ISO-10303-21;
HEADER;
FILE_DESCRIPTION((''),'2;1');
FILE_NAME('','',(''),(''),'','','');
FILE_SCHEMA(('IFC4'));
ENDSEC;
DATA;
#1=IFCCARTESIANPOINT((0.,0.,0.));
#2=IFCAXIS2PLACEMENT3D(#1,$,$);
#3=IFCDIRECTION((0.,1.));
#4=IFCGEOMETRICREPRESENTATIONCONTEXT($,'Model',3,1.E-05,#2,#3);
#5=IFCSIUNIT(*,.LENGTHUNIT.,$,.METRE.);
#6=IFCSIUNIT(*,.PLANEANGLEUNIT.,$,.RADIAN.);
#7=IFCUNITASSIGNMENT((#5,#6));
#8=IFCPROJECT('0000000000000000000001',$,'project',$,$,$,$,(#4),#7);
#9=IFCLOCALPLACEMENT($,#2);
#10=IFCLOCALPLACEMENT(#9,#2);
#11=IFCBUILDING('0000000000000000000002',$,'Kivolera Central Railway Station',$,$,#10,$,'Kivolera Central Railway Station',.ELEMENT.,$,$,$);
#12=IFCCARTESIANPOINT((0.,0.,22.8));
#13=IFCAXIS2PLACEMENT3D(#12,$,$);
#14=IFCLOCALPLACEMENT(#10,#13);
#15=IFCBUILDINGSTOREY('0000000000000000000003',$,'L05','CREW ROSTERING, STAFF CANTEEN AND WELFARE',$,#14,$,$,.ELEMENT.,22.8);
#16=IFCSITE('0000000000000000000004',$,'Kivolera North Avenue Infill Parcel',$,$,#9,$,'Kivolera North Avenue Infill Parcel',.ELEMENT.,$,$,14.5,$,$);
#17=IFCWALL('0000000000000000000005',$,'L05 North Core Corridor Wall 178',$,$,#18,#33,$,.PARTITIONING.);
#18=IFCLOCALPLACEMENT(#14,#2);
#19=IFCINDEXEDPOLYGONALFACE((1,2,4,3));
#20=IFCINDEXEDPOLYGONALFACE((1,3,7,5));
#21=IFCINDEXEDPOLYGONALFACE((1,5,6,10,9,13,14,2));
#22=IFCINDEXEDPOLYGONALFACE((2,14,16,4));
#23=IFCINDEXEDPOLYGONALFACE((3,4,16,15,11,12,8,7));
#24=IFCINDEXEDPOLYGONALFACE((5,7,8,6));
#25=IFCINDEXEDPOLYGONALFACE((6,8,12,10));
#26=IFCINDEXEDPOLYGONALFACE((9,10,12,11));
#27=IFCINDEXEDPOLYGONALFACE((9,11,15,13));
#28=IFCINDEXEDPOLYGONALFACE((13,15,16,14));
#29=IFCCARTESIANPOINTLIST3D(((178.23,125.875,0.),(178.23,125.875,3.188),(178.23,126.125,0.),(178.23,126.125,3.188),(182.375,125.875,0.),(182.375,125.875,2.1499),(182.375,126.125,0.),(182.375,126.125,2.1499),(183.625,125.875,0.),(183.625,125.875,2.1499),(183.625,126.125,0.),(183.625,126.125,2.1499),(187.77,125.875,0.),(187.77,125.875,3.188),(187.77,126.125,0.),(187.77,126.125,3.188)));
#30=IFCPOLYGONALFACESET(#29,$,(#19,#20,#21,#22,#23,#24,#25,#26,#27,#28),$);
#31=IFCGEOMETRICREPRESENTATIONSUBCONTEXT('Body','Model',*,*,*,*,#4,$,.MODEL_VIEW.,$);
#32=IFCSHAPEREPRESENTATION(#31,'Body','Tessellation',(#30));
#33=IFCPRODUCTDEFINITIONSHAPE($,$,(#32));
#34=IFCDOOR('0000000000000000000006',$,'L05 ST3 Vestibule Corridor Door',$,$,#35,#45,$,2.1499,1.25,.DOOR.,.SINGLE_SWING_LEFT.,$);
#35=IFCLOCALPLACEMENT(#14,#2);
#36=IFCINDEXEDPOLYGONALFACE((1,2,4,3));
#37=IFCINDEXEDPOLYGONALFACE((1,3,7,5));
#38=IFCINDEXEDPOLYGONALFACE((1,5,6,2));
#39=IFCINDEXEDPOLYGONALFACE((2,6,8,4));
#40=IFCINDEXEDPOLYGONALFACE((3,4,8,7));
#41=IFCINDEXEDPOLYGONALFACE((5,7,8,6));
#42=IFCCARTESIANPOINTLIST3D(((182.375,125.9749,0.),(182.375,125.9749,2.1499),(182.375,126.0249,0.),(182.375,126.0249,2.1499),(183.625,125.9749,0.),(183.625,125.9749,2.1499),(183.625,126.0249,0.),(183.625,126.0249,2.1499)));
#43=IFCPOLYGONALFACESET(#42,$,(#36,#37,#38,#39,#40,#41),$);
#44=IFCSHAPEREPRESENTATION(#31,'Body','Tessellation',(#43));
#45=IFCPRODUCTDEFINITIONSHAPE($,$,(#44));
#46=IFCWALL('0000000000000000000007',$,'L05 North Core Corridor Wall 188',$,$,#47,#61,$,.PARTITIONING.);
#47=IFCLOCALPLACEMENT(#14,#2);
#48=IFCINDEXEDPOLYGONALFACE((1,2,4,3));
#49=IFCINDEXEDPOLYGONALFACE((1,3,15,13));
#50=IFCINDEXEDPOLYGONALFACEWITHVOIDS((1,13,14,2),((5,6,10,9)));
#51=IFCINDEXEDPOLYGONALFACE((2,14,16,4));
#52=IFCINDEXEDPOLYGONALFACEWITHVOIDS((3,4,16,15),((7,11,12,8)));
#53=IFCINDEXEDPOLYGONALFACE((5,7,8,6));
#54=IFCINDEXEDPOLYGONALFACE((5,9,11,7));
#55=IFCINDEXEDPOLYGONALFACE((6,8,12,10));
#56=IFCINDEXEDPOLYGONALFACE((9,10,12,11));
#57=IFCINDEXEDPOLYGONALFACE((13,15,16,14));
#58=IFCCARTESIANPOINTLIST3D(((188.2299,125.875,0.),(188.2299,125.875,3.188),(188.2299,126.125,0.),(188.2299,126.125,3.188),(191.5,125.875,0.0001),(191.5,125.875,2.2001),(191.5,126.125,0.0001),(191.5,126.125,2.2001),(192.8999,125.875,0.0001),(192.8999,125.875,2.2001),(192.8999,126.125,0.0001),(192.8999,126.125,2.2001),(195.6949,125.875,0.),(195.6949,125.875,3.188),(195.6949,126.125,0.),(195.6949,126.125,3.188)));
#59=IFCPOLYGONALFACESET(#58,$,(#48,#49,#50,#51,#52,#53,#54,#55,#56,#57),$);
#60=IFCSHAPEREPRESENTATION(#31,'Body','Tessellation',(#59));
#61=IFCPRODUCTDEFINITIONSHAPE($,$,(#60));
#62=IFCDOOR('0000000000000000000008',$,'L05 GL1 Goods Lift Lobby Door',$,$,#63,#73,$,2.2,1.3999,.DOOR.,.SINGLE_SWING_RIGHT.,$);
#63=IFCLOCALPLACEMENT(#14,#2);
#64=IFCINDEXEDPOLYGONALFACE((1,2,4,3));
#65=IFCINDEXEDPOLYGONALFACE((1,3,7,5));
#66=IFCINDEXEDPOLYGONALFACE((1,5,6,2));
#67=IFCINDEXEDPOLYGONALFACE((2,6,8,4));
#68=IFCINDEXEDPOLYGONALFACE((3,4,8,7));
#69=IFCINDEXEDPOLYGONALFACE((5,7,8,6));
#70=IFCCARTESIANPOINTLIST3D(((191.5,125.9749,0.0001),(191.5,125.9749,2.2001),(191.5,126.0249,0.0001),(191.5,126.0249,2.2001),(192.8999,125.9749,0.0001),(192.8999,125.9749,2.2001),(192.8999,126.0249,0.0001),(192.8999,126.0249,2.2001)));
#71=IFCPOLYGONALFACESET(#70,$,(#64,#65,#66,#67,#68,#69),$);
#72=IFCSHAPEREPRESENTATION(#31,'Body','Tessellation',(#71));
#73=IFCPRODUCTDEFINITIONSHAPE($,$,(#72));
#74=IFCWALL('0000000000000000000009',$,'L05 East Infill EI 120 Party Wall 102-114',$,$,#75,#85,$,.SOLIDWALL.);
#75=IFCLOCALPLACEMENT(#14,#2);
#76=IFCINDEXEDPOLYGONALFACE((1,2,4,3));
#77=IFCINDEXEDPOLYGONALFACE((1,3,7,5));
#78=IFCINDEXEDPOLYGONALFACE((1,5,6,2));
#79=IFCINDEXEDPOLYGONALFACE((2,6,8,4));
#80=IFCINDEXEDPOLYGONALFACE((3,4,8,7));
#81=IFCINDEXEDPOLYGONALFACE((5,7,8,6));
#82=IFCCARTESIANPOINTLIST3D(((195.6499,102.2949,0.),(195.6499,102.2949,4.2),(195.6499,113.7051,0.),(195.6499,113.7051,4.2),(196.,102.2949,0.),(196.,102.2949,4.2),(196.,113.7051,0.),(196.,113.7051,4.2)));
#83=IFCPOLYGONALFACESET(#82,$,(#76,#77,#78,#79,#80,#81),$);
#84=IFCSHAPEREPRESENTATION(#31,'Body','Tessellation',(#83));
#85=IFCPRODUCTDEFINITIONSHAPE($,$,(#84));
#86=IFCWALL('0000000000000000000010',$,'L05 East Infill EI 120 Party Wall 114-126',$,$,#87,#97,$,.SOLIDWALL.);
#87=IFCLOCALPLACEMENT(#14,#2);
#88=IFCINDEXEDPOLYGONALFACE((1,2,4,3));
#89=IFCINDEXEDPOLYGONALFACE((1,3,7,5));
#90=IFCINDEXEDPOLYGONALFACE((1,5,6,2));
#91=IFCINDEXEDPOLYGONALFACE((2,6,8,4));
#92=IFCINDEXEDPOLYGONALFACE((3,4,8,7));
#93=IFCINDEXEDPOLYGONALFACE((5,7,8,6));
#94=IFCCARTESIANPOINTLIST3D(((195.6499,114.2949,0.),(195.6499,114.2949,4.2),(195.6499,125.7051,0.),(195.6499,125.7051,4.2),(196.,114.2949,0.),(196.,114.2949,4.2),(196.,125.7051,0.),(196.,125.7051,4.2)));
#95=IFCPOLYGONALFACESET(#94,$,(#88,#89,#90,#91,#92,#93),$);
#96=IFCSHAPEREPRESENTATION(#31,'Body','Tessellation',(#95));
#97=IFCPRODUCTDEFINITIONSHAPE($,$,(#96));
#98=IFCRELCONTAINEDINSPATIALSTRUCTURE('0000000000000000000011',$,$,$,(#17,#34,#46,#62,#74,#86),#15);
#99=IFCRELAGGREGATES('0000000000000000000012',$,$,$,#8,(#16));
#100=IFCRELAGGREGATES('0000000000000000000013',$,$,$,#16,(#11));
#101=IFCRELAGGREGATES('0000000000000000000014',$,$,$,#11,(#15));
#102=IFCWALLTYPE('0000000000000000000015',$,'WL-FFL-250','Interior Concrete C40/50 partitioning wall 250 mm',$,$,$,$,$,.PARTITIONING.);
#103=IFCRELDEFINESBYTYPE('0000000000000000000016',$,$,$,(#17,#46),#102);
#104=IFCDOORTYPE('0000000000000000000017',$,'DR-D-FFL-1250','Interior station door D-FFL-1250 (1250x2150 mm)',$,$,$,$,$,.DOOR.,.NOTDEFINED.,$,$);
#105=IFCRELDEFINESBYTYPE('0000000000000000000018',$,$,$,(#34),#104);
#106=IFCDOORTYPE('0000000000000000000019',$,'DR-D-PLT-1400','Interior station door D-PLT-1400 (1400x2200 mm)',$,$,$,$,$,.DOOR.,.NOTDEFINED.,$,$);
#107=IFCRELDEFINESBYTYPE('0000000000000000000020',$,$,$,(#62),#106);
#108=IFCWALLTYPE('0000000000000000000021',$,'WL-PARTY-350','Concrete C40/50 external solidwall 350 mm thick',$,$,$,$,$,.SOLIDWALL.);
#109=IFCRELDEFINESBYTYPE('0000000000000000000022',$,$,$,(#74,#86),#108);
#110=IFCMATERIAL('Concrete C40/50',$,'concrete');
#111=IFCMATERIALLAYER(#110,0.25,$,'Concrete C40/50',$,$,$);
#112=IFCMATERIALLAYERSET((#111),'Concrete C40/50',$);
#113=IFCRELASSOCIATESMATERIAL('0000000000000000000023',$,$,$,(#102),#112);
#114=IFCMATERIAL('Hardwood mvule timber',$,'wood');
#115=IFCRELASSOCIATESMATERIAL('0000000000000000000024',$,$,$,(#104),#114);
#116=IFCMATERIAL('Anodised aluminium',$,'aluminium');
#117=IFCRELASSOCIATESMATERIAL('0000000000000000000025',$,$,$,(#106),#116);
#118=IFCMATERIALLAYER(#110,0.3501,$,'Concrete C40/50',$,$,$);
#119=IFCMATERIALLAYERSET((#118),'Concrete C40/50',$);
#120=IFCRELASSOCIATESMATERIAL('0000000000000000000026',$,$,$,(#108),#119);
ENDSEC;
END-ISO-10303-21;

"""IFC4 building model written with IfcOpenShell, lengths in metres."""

from ifc_helpers import new_model, si_unit, direction, frame, frame_2d, origin, place, context, subcontext, project, spatial, rectangle, extrude, material, layer, layer_set, type_object, element, fill, save


model = new_model("IFC4")

# Units and contexts
model_context = context("Model", 3, precision=1e-05, world=origin(), true_north=direction((0.0, 1.0)))
body_context = subcontext(model_context, "Body", "Model", "MODEL_VIEW")
ifc_project = project(units=[si_unit("LENGTHUNIT", "METRE"), si_unit("PLANEANGLEUNIT", "RADIAN")], contexts=[model_context])

# Site, building, storey
site_placement = place(None, origin())
site = spatial("IfcSite", under=ifc_project, at=site_placement, Name="Kivolera North Avenue Infill Parcel", LongName="Kivolera North Avenue Infill Parcel", CompositionType="ELEMENT", RefElevation=14.5)
building_placement = place(site_placement, origin())
building = spatial("IfcBuilding", under=site, at=building_placement, Name="Kivolera Central Railway Station", LongName="Kivolera Central Railway Station", CompositionType="ELEMENT")
storey_placement = place(building_placement, frame((0.0, 0.0, 22.8)))
storey = spatial("IfcBuildingStorey", under=building, at=storey_placement, Name="L05", Description="CREW ROSTERING, STAFF CANTEEN AND WELFARE", CompositionType="ELEMENT", Elevation=22.8)

# Shared definitions
ifc_material_1 = material(Name="Concrete C40/50", Category="concrete")

# Shared definitions
ifc_material_2 = material(Name="Anodised aluminium", Category="aluminium")

# Walls, openings, doors
ifc_material_3 = material(Name="Hardwood mvule timber", Category="wood")
ifc_layer_1 = layer(ifc_material_1, 0.25, Name="Concrete C40/50")
ifc_layer_set_1 = layer_set([ifc_layer_1], Name="Concrete C40/50")
wall_type_1 = type_object("IfcWallType", Name="WL-FFL-250", Description="Interior Concrete C40/50 partitioning wall 250 mm", PredefinedType="PARTITIONING", material=ifc_layer_set_1)
wall_1_placement = place(storey_placement, frame((178.23, 126.0, 0.0), z_axis=(0.0, 0.0, 1.0), x_axis=(1.0, 0.0, 0.0)))
wall_1 = element("IfcWall", 1, at=wall_1_placement, inside=storey, type_object=wall_type_1, Name="L05 North Core Corridor Wall 178", PredefinedType="PARTITIONING", context=body_context, shape_type="SweptSolid", body=[
    extrude(rectangle(XDim=9.54, YDim=0.25, at=frame_2d((4.77, 0.0))), origin(), (0.0, 0.0, 1.0), 3.188),
])
opening_1_placement = place(wall_1_placement, frame((4.145, 0.0, 0.0)))
opening_1 = element("IfcOpeningElement", 2, at=opening_1_placement, cuts=wall_1, PredefinedType="OPENING", context=body_context, shape_type="SweptSolid", body=[
    extrude(rectangle(XDim=1.25, YDim=2.1499, at=frame_2d((0.625, 1.075))), frame((0.0, 0.135, 0.0), z_axis=(0.0, -1.0, 0.0), x_axis=(1.0, 0.0, 0.0)), (0.0, 0.0, 1.0), 0.27),
])
door_type_1 = type_object("IfcDoorType", Name="DR-D-FFL-1250", Description="Interior station door D-FFL-1250 (1250x2150 mm)", OperationType="NOTDEFINED", PredefinedType="DOOR", material=ifc_material_3)
door_1_placement = place(opening_1_placement, origin())
door_1 = element("IfcDoor", 3, at=door_1_placement, inside=storey, type_object=door_type_1, Name="L05 ST3 Vestibule Corridor Door", OperationType="SINGLE_SWING_LEFT", OverallHeight=2.1499, OverallWidth=1.25, PredefinedType="DOOR", context=body_context, shape_type="SweptSolid", body=[
    extrude(rectangle(XDim=1.25, YDim=2.1499, at=frame_2d((0.625, 1.075))), frame((0.0, 0.0249, 0.0), z_axis=(0.0, -1.0, 0.0), x_axis=(1.0, 0.0, 0.0)), (0.0, 0.0, 1.0), 0.05),
])
fill(opening_1, door_1)
wall_2_placement = place(storey_placement, frame((188.23, 126.0, 0.0), z_axis=(0.0, 0.0, 1.0), x_axis=(1.0, 0.0, 0.0)))
wall_2 = element("IfcWall", 4, at=wall_2_placement, inside=storey, type_object=wall_type_1, Name="L05 North Core Corridor Wall 188", PredefinedType="PARTITIONING", context=body_context, shape_type="SweptSolid", body=[
    extrude(rectangle(XDim=7.4651, YDim=0.25, at=frame_2d((3.7324, 0.0))), origin(), (0.0, 0.0, 1.0), 3.188),
])
opening_2_placement = place(wall_2_placement, frame((3.27, 0.0, 0.0)))
opening_2 = element("IfcOpeningElement", 5, at=opening_2_placement, cuts=wall_2, PredefinedType="OPENING", context=body_context, shape_type="SweptSolid", body=[
    extrude(rectangle(XDim=1.3999, YDim=2.2, at=frame_2d((0.7, 1.1001))), frame((0.0, 0.135, 0.0), z_axis=(0.0, -1.0, 0.0), x_axis=(1.0, 0.0, 0.0)), (0.0, 0.0, 1.0), 0.27),
])
door_type_2 = type_object("IfcDoorType", Name="DR-D-PLT-1400", Description="Interior station door D-PLT-1400 (1400x2200 mm)", OperationType="NOTDEFINED", PredefinedType="DOOR", material=ifc_material_2)
door_2_placement = place(opening_2_placement, origin())
door_2 = element("IfcDoor", 6, at=door_2_placement, inside=storey, type_object=door_type_2, Name="L05 GL1 Goods Lift Lobby Door", OperationType="SINGLE_SWING_RIGHT", OverallHeight=2.2, OverallWidth=1.3999, PredefinedType="DOOR", context=body_context, shape_type="SweptSolid", body=[
    extrude(rectangle(XDim=1.3999, YDim=2.2, at=frame_2d((0.7, 1.1001))), frame((0.0, 0.0249, 0.0), z_axis=(0.0, -1.0, 0.0), x_axis=(1.0, 0.0, 0.0)), (0.0, 0.0, 1.0), 0.05),
])
fill(opening_2, door_2)

# Walls
ifc_layer_2 = layer(ifc_material_1, 0.3501, Name="Concrete C40/50")
ifc_layer_set_2 = layer_set([ifc_layer_2], Name="Concrete C40/50")
wall_type_2 = type_object("IfcWallType", Name="WL-PARTY-350", Description="Concrete C40/50 external solidwall 350 mm thick", PredefinedType="SOLIDWALL", material=ifc_layer_set_2)
for number, where, z_axis, x_axis, name in (
    (7, (195.825, 113.7051, 0.0), (0.0, 0.0, 1.0), (0.0, -1.0, 0.0), "L05 East Infill EI 120 Party Wall 102-114"),
    (8, (195.825, 125.7051, 0.0), (0.0, 0.0, 1.0), (0.0, -1.0, 0.0), "L05 East Infill EI 120 Party Wall 114-126"),
):
    element("IfcWall", number, at=place(storey_placement, frame(where, z_axis=z_axis, x_axis=x_axis)), inside=storey, type_object=wall_type_2, Name=name, PredefinedType="SOLIDWALL", context=body_context, shape_type="SweptSolid", body=[
        extrude(rectangle(XDim=11.4102, YDim=0.3501, at=frame_2d((5.7051, 0.0))), origin(), (0.0, 0.0, 1.0), 4.2),
    ])

save(model, "model.ifc")
